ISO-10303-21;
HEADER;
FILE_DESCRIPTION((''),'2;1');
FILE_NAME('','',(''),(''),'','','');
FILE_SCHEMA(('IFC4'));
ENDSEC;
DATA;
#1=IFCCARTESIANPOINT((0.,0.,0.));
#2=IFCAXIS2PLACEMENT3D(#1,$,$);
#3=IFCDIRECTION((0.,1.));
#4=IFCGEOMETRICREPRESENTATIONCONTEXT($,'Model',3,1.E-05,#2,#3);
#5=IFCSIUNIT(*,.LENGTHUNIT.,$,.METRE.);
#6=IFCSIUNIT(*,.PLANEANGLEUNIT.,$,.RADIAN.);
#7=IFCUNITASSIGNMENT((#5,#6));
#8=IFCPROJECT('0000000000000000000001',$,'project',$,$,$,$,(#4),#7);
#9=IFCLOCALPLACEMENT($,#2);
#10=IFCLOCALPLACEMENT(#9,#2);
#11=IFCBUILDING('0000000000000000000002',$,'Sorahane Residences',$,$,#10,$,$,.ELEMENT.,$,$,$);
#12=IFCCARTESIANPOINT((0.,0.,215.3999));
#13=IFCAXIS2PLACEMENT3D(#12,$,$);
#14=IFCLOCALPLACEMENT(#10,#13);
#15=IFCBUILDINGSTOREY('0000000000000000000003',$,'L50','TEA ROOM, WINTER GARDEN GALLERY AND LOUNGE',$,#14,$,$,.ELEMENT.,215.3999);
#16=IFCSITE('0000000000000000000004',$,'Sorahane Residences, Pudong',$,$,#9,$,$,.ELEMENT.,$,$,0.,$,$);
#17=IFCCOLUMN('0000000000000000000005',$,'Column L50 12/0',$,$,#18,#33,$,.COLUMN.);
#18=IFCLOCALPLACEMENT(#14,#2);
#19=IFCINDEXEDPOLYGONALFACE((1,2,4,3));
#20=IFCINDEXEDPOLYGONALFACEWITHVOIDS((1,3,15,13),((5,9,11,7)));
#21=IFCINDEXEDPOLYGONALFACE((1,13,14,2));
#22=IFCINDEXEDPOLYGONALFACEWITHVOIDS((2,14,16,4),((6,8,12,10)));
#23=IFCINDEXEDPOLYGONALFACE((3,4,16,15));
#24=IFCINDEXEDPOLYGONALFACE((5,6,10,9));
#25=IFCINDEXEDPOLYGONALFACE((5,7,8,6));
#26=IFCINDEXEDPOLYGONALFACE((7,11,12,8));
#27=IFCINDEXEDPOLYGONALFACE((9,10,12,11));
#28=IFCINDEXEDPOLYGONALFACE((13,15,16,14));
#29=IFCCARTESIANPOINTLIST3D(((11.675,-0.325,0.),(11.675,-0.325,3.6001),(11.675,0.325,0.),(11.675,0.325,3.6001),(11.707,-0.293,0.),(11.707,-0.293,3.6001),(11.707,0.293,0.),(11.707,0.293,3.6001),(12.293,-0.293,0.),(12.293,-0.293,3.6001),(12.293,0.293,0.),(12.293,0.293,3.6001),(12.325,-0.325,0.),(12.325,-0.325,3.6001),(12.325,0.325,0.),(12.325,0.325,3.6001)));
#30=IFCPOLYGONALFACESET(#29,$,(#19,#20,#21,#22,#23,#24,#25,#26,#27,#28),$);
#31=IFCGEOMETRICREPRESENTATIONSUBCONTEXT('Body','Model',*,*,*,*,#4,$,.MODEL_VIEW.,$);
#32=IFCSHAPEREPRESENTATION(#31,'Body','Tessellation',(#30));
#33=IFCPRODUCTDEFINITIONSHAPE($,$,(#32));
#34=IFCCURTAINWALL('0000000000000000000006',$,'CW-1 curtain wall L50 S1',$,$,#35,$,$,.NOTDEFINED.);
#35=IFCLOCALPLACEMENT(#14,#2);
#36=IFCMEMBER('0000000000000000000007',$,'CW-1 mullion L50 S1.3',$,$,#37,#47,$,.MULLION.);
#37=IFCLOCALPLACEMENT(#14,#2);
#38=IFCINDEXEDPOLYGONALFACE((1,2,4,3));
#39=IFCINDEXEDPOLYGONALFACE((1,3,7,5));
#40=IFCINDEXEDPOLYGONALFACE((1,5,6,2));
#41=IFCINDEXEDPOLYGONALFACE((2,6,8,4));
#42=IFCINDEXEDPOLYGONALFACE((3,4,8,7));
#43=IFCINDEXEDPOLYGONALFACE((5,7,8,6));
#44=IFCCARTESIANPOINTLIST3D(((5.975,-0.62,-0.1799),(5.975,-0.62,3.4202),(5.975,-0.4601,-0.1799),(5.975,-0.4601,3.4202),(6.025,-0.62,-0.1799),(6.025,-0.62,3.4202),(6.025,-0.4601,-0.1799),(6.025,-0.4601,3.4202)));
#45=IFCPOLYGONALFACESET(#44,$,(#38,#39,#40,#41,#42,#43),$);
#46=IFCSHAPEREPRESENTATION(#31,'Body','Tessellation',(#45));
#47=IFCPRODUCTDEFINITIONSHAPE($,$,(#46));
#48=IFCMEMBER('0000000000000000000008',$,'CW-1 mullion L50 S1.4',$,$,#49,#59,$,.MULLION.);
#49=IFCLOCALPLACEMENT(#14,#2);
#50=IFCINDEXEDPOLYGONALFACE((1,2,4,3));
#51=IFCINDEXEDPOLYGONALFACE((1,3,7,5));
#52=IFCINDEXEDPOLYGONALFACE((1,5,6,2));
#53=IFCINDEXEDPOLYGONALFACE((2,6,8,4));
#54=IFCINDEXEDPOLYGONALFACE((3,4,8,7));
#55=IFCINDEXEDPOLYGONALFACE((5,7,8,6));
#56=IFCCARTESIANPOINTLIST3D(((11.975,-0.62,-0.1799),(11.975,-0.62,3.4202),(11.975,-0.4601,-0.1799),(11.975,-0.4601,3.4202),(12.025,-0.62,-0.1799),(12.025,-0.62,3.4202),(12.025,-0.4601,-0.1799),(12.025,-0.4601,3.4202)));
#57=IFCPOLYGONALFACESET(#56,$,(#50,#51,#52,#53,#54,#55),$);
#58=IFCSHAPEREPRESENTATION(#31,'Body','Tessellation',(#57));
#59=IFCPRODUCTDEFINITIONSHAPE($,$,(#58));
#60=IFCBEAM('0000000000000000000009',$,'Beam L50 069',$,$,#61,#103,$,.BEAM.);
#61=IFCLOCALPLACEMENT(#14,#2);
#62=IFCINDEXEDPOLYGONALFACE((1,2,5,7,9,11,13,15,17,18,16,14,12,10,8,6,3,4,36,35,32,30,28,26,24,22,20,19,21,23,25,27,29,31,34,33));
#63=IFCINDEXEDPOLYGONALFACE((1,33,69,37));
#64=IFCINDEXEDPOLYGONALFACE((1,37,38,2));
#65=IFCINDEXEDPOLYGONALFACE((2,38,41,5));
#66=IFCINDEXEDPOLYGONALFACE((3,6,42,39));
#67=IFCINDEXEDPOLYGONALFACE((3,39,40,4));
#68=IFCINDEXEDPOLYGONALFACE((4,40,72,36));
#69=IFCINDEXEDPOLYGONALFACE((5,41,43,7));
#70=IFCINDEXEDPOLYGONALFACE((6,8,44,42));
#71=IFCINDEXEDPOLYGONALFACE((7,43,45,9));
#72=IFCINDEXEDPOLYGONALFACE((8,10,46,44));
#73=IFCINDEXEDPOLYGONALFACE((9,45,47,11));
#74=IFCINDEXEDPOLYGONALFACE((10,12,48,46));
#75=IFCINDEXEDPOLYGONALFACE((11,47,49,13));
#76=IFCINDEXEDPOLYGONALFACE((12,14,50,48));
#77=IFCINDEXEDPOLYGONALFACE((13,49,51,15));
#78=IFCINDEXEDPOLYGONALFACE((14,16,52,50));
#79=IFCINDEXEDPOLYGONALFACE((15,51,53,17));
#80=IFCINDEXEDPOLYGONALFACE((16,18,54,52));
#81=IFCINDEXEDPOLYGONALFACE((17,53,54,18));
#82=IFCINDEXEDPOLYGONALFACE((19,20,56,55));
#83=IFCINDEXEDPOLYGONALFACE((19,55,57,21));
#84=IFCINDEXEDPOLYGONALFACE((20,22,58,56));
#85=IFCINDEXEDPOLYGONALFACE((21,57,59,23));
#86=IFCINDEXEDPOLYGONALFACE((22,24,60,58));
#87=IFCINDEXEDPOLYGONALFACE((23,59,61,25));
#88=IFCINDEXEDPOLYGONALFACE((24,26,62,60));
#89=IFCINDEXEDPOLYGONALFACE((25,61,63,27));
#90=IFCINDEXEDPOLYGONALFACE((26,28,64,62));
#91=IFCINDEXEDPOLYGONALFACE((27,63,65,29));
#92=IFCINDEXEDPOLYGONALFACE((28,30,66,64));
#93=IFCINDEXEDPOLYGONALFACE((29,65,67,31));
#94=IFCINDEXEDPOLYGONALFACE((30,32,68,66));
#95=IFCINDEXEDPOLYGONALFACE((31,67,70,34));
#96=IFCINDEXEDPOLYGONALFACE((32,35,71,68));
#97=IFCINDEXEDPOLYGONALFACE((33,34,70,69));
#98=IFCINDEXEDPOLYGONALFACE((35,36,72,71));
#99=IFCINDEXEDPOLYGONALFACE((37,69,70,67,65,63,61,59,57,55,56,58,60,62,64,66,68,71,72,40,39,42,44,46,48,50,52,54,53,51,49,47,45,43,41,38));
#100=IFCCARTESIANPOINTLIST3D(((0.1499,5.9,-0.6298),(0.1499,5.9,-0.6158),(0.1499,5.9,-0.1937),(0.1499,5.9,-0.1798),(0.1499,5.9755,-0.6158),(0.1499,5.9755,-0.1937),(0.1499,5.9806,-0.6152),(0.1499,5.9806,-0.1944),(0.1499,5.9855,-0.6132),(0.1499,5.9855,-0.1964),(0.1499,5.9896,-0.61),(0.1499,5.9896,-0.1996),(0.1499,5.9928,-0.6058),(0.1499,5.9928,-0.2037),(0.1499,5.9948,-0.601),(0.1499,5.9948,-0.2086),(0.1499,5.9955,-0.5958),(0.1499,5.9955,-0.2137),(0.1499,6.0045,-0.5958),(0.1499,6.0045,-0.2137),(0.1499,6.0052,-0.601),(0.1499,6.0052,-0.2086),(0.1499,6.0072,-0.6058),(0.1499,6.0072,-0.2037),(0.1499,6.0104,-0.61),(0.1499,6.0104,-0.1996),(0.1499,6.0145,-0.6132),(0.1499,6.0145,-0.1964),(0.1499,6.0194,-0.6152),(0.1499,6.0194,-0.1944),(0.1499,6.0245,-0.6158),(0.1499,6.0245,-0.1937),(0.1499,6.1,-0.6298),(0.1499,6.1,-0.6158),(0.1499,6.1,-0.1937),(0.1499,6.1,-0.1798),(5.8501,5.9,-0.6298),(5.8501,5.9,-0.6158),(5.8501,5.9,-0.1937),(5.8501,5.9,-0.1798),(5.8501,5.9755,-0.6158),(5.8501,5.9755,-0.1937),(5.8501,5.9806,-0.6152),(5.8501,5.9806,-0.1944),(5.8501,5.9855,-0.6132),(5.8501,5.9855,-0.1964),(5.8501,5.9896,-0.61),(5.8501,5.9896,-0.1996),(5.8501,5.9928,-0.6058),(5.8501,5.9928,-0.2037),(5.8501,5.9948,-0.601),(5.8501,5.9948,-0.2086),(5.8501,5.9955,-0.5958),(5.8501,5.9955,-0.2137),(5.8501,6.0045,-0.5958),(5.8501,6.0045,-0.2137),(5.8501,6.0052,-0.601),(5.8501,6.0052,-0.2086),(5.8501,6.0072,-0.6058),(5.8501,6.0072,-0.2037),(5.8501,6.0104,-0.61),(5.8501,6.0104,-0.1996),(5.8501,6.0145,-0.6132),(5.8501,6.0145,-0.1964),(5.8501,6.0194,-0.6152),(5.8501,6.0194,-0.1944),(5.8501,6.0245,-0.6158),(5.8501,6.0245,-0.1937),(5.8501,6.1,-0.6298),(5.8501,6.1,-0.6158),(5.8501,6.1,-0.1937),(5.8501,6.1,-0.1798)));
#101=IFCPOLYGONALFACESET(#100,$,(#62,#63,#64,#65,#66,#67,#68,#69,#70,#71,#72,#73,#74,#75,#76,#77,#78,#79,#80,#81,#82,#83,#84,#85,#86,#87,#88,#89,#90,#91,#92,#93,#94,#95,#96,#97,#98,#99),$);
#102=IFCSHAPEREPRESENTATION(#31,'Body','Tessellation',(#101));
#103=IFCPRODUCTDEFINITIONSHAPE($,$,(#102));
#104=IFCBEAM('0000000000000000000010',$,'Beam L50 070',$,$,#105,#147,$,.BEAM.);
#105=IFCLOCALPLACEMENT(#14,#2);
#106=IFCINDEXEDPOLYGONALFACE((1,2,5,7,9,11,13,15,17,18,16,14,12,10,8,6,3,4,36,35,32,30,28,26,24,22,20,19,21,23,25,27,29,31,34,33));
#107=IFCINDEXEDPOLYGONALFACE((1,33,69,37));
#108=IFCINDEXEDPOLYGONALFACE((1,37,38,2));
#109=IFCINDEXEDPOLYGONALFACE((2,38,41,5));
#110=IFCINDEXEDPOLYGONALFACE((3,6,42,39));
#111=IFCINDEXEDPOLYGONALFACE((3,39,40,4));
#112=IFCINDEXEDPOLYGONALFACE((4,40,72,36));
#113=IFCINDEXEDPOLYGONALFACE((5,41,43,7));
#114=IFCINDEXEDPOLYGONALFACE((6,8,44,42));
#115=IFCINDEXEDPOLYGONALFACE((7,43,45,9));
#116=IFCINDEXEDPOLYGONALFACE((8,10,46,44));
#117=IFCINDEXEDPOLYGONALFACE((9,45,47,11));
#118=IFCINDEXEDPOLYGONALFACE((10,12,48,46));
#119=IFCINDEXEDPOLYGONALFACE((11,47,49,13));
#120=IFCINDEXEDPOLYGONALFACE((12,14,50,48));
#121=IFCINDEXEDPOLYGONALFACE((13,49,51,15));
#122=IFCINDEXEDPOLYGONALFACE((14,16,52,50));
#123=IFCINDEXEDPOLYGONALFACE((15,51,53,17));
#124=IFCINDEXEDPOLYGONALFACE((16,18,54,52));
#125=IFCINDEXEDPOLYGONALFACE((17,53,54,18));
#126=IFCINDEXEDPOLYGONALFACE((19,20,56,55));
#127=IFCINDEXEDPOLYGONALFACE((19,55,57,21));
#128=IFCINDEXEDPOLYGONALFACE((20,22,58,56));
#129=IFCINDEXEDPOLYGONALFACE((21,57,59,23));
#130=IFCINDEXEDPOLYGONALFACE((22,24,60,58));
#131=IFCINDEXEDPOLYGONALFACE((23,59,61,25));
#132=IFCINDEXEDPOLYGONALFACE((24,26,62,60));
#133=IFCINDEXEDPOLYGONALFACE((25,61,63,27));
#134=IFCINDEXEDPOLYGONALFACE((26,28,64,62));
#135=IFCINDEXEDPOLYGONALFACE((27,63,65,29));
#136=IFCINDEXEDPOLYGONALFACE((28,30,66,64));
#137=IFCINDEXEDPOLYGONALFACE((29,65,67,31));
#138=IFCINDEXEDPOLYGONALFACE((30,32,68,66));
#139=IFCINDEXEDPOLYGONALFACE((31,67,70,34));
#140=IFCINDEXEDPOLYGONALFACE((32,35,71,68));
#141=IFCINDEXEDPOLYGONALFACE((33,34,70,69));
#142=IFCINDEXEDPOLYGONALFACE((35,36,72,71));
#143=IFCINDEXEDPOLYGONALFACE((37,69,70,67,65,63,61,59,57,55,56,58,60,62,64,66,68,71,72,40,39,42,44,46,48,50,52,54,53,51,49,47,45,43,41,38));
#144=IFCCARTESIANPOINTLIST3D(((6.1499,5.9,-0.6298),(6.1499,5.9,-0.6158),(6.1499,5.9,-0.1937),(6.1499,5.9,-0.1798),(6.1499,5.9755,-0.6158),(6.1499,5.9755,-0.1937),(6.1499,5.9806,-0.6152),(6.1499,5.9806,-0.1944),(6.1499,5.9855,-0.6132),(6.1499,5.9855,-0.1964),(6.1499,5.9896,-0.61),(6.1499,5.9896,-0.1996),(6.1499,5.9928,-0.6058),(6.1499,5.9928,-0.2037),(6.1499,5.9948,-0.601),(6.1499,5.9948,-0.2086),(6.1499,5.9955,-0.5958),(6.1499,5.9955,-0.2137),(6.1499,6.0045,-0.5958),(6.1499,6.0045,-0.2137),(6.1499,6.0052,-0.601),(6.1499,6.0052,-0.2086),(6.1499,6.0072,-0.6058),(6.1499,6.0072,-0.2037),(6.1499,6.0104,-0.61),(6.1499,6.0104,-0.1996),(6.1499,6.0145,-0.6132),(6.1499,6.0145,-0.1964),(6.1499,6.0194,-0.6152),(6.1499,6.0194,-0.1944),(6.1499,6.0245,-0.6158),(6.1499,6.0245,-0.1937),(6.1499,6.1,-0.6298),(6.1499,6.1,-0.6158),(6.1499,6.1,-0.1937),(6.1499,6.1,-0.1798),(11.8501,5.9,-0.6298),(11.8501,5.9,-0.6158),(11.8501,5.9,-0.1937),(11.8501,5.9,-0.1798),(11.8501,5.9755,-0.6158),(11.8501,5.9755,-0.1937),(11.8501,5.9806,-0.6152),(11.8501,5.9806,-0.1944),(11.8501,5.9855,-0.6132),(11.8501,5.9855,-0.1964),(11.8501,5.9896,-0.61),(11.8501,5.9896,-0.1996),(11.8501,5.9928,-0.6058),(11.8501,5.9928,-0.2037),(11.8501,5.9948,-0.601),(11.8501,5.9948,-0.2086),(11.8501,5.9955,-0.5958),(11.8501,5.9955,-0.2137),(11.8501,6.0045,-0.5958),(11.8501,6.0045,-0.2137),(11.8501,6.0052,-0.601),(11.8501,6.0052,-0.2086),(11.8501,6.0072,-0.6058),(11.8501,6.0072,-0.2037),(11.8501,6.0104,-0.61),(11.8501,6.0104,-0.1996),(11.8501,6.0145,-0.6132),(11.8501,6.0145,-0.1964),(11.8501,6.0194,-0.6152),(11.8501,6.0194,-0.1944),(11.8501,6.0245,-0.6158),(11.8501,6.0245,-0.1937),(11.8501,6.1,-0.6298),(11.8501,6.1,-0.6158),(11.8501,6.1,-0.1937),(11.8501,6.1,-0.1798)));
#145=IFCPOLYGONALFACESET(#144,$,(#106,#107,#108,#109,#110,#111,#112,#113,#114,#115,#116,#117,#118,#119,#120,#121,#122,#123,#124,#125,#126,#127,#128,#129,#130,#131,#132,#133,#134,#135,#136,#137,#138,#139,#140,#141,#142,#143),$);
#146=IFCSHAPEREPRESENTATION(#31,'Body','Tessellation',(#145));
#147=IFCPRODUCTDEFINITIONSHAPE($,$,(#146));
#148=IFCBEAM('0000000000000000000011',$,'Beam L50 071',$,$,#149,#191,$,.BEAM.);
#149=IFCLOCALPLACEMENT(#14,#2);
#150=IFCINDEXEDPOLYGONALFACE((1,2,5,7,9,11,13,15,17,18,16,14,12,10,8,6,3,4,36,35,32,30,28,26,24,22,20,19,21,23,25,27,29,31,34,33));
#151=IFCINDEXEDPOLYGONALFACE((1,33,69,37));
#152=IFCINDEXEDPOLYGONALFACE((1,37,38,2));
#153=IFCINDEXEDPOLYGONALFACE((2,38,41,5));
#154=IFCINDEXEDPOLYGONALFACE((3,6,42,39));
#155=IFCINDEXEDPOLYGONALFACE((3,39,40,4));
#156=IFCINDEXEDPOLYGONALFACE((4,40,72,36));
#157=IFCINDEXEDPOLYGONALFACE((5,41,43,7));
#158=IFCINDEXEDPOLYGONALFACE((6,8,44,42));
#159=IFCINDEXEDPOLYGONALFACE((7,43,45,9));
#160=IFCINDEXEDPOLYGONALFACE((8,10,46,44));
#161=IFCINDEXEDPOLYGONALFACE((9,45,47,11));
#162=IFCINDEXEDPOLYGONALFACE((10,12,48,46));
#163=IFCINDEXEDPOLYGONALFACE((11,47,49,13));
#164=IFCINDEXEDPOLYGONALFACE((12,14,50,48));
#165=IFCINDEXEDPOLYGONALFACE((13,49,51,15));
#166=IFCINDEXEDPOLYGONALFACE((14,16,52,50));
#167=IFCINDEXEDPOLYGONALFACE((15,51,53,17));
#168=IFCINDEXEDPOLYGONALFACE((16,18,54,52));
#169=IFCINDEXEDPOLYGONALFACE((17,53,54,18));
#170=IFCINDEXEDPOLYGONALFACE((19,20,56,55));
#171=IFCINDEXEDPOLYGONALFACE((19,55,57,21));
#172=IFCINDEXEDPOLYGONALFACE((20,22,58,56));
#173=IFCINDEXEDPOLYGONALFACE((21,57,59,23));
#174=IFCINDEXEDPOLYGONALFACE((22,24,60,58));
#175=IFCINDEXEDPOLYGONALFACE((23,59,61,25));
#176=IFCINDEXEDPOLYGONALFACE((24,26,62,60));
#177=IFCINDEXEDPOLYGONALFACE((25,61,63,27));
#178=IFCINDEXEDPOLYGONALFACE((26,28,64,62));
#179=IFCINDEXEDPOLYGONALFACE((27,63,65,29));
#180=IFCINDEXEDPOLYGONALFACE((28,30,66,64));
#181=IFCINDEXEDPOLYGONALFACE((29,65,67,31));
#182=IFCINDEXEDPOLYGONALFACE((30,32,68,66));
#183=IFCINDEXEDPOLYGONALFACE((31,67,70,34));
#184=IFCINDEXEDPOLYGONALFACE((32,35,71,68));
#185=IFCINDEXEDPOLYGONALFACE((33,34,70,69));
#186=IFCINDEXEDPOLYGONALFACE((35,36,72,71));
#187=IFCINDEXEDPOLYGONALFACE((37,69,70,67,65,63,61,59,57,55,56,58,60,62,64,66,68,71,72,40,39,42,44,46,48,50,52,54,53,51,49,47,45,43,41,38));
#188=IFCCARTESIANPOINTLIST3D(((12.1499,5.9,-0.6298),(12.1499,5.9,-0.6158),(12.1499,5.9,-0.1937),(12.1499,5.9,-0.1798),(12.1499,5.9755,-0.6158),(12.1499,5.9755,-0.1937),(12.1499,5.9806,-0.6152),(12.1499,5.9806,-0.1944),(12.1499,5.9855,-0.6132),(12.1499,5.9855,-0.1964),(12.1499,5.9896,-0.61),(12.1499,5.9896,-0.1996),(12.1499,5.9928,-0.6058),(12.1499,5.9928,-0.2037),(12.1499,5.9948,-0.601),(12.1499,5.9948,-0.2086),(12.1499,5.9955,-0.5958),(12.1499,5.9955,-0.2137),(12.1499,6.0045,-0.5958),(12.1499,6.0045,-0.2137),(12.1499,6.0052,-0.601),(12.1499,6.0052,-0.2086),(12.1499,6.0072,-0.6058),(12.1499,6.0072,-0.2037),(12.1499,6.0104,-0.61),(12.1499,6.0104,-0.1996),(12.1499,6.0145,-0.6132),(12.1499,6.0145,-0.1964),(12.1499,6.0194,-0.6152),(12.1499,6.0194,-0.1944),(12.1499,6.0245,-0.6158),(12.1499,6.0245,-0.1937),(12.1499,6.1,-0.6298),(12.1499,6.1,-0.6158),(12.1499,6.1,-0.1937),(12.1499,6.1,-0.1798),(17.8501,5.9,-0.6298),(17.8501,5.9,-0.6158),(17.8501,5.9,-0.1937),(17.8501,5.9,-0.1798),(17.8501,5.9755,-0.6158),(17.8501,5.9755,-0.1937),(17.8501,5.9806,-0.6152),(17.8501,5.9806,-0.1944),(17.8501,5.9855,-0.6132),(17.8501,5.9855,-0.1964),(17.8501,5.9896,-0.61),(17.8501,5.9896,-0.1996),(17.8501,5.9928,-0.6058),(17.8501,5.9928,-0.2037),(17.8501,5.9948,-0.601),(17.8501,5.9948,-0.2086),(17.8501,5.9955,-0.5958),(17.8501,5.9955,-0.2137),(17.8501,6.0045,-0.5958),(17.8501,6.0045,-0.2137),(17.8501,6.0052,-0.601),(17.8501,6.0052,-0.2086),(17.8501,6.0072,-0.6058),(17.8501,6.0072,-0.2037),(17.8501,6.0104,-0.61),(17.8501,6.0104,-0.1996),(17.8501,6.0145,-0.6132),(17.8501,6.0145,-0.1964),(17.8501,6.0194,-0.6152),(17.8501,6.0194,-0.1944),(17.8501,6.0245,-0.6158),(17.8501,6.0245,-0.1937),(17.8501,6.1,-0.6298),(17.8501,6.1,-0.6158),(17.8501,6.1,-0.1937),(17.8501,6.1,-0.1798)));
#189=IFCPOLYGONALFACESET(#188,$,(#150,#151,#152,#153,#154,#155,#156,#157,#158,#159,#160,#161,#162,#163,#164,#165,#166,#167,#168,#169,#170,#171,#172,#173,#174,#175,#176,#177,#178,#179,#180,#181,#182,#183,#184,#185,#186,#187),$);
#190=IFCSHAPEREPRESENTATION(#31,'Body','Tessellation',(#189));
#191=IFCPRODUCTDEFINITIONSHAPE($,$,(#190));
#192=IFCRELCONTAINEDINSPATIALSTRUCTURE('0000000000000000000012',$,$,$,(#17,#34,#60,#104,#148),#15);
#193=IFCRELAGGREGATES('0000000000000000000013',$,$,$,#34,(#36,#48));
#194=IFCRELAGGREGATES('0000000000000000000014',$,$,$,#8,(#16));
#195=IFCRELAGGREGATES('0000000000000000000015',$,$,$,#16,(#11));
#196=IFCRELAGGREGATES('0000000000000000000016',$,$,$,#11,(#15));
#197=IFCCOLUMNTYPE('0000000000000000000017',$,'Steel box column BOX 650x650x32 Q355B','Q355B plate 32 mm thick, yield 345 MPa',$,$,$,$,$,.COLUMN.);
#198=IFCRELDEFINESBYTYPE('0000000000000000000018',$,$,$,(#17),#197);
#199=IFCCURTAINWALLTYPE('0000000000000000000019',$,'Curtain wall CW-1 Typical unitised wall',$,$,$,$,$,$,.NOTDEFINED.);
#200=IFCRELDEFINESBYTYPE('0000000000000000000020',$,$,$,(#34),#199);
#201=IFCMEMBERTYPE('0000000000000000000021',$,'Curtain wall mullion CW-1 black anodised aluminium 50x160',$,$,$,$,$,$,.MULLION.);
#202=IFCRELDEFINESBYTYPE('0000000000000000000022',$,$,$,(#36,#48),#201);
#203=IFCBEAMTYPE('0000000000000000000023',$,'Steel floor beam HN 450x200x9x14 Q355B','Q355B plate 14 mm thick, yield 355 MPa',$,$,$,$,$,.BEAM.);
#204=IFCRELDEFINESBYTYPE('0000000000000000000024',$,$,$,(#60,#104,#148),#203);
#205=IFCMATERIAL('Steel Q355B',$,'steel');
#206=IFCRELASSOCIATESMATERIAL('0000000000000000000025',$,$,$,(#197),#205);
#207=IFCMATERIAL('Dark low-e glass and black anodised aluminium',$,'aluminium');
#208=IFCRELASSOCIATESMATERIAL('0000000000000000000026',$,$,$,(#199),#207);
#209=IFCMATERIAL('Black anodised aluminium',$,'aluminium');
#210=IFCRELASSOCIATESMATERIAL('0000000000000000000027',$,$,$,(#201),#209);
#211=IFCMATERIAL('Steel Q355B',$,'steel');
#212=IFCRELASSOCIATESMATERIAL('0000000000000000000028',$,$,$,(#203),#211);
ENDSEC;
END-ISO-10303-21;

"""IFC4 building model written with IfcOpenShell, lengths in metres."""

from ifc_helpers import new_model, si_unit, direction, frame, origin, origin_2d, place, context, subcontext, project, spatial, rectangle, hollow_rectangle, i_section, extrude, material, material_profile, profile_set, type_object, element, aggregate, save


model = new_model("IFC4")

# Units and contexts
model_context = context("Model", 3, precision=1e-05, world=origin(), true_north=direction((0.0, 1.0)))
body_context = subcontext(model_context, "Body", "Model", "MODEL_VIEW")
ifc_project = project(units=[si_unit("LENGTHUNIT", "METRE"), si_unit("PLANEANGLEUNIT", "RADIAN")], contexts=[model_context])

# Site, building, storey
site_placement = place(None, origin())
site = spatial("IfcSite", under=ifc_project, at=site_placement, Name="Sorahane Residences, Pudong", CompositionType="ELEMENT", RefElevation=0.0)
building_placement = place(site_placement, origin())
building = spatial("IfcBuilding", under=site, at=building_placement, Name="Sorahane Residences", CompositionType="ELEMENT")
storey_placement = place(building_placement, frame((0.0, 0.0, 215.3999)))
storey = spatial("IfcBuildingStorey", under=building, at=storey_placement, Name="L50", Description="TEA ROOM, WINTER GARDEN GALLERY AND LOUNGE", CompositionType="ELEMENT", Elevation=215.3999)

# Column
ifc_material_1 = material(Name="Steel Q355B", Category="steel")
ifc_material_profile_1 = material_profile(ifc_material_1, hollow_rectangle(XDim=0.6499, YDim=0.6499, WallThickness=0.032, at=origin_2d()), Name="BOX 650x650x32")
ifc_profile_set_1 = profile_set([ifc_material_profile_1], Name="Steel Q355B")
column_type = type_object("IfcColumnType", Name="Steel box column BOX 650x650x32 Q355B", Description="Q355B plate 32 mm thick, yield 345 MPa", PredefinedType="COLUMN", material=ifc_profile_set_1)
column_placement = place(storey_placement, frame((12.0, 0.0, 0.0), z_axis=(0.0, 0.0, 1.0), x_axis=(1.0, 0.0, 0.0)))
element("IfcColumn", 1, at=column_placement, inside=storey, type_object=column_type, Name="Column L50 12/0", PredefinedType="COLUMN", context=body_context, shape_type="SweptSolid", body=[
    extrude(hollow_rectangle(XDim=0.6499, YDim=0.6499, WallThickness=0.032, at=origin_2d()), origin(), (0.0, 0.0, 1.0), 3.6001),
])

# Curtain wall, members
ifc_material_2 = material(Name="Dark low-e glass and black anodised aluminium", Category="aluminium")
curtain_wall_type = type_object("IfcCurtainWallType", Name="Curtain wall CW-1 Typical unitised wall", PredefinedType="NOTDEFINED", material=ifc_material_2)
curtain_wall_placement = place(storey_placement, origin())
curtain_wall = element("IfcCurtainWall", 2, at=curtain_wall_placement, inside=storey, type_object=curtain_wall_type, Name="CW-1 curtain wall L50 S1", PredefinedType="NOTDEFINED")
ifc_material_3 = material(Name="Black anodised aluminium", Category="aluminium")
ifc_material_profile_2 = material_profile(ifc_material_3, rectangle(XDim=0.1599, YDim=0.05, at=origin_2d()), Name="Curtain wall mullion CW-1 black anodised aluminium 50x160")
ifc_profile_set_2 = profile_set([ifc_material_profile_2], Name="Black anodised aluminium")
member_type = type_object("IfcMemberType", Name="Curtain wall mullion CW-1 black anodised aluminium 50x160", PredefinedType="MULLION", material=ifc_profile_set_2)
member_1_placement = place(storey_placement, frame((6.0, -0.54, -0.1799), z_axis=(0.0, 0.0, 1.0), x_axis=(0.0, -1.0, 0.0)))
member_1 = element("IfcMember", 3, at=member_1_placement, type_object=member_type, Name="CW-1 mullion L50 S1.3", PredefinedType="MULLION", context=body_context, shape_type="SweptSolid", body=[
    extrude(rectangle(XDim=0.1599, YDim=0.05, at=origin_2d()), origin(), (0.0, 0.0, 1.0), 3.6001),
])
member_2_placement = place(storey_placement, frame((12.0, -0.54, -0.1799), z_axis=(0.0, 0.0, 1.0), x_axis=(0.0, -1.0, 0.0)))
member_2 = element("IfcMember", 4, at=member_2_placement, type_object=member_type, Name="CW-1 mullion L50 S1.4", PredefinedType="MULLION", context=body_context, shape_type="SweptSolid", body=[
    extrude(rectangle(XDim=0.1599, YDim=0.05, at=origin_2d()), origin(), (0.0, 0.0, 1.0), 3.6001),
])

# Beams
ifc_material_4 = material(Name="Steel Q355B", Category="steel")
ifc_material_profile_3 = material_profile(ifc_material_4, i_section(OverallWidth=0.2, OverallDepth=0.45, WebThickness=0.009, FlangeThickness=0.0139, FilletRadius=0.02, at=origin_2d()), Name="HN 450x200x9x14")
ifc_profile_set_3 = profile_set([ifc_material_profile_3], Name="Steel Q355B")
beam_type_1 = type_object("IfcBeamType", Name="Steel floor beam HN 450x200x9x14 Q355B", Description="Q355B plate 14 mm thick, yield 355 MPa", PredefinedType="BEAM", material=ifc_profile_set_3)
for number, where, z_axis, x_axis, name in (
    (5, (0.1499, 6.0, -0.4048), (1.0, 0.0, 0.0), (0.0, 1.0, 0.0), "Beam L50 069"),
    (6, (6.1499, 6.0, -0.4048), (1.0, 0.0, 0.0), (0.0, 1.0, 0.0), "Beam L50 070"),
    (7, (12.1499, 6.0, -0.4048), (1.0, 0.0, 0.0), (0.0, 1.0, 0.0), "Beam L50 071"),
):
    element("IfcBeam", number, at=place(storey_placement, frame(where, z_axis=z_axis, x_axis=x_axis)), inside=storey, type_object=beam_type_1, Name=name, PredefinedType="BEAM", context=body_context, shape_type="SweptSolid", body=[
        extrude(i_section(OverallWidth=0.2, OverallDepth=0.45, WebThickness=0.009, FlangeThickness=0.0139, FilletRadius=0.02, at=origin_2d()), origin(), (0.0, 0.0, 1.0), 5.7002),
    ])

aggregate(curtain_wall, [member_1, member_2])

save(model, "model.ifc")
